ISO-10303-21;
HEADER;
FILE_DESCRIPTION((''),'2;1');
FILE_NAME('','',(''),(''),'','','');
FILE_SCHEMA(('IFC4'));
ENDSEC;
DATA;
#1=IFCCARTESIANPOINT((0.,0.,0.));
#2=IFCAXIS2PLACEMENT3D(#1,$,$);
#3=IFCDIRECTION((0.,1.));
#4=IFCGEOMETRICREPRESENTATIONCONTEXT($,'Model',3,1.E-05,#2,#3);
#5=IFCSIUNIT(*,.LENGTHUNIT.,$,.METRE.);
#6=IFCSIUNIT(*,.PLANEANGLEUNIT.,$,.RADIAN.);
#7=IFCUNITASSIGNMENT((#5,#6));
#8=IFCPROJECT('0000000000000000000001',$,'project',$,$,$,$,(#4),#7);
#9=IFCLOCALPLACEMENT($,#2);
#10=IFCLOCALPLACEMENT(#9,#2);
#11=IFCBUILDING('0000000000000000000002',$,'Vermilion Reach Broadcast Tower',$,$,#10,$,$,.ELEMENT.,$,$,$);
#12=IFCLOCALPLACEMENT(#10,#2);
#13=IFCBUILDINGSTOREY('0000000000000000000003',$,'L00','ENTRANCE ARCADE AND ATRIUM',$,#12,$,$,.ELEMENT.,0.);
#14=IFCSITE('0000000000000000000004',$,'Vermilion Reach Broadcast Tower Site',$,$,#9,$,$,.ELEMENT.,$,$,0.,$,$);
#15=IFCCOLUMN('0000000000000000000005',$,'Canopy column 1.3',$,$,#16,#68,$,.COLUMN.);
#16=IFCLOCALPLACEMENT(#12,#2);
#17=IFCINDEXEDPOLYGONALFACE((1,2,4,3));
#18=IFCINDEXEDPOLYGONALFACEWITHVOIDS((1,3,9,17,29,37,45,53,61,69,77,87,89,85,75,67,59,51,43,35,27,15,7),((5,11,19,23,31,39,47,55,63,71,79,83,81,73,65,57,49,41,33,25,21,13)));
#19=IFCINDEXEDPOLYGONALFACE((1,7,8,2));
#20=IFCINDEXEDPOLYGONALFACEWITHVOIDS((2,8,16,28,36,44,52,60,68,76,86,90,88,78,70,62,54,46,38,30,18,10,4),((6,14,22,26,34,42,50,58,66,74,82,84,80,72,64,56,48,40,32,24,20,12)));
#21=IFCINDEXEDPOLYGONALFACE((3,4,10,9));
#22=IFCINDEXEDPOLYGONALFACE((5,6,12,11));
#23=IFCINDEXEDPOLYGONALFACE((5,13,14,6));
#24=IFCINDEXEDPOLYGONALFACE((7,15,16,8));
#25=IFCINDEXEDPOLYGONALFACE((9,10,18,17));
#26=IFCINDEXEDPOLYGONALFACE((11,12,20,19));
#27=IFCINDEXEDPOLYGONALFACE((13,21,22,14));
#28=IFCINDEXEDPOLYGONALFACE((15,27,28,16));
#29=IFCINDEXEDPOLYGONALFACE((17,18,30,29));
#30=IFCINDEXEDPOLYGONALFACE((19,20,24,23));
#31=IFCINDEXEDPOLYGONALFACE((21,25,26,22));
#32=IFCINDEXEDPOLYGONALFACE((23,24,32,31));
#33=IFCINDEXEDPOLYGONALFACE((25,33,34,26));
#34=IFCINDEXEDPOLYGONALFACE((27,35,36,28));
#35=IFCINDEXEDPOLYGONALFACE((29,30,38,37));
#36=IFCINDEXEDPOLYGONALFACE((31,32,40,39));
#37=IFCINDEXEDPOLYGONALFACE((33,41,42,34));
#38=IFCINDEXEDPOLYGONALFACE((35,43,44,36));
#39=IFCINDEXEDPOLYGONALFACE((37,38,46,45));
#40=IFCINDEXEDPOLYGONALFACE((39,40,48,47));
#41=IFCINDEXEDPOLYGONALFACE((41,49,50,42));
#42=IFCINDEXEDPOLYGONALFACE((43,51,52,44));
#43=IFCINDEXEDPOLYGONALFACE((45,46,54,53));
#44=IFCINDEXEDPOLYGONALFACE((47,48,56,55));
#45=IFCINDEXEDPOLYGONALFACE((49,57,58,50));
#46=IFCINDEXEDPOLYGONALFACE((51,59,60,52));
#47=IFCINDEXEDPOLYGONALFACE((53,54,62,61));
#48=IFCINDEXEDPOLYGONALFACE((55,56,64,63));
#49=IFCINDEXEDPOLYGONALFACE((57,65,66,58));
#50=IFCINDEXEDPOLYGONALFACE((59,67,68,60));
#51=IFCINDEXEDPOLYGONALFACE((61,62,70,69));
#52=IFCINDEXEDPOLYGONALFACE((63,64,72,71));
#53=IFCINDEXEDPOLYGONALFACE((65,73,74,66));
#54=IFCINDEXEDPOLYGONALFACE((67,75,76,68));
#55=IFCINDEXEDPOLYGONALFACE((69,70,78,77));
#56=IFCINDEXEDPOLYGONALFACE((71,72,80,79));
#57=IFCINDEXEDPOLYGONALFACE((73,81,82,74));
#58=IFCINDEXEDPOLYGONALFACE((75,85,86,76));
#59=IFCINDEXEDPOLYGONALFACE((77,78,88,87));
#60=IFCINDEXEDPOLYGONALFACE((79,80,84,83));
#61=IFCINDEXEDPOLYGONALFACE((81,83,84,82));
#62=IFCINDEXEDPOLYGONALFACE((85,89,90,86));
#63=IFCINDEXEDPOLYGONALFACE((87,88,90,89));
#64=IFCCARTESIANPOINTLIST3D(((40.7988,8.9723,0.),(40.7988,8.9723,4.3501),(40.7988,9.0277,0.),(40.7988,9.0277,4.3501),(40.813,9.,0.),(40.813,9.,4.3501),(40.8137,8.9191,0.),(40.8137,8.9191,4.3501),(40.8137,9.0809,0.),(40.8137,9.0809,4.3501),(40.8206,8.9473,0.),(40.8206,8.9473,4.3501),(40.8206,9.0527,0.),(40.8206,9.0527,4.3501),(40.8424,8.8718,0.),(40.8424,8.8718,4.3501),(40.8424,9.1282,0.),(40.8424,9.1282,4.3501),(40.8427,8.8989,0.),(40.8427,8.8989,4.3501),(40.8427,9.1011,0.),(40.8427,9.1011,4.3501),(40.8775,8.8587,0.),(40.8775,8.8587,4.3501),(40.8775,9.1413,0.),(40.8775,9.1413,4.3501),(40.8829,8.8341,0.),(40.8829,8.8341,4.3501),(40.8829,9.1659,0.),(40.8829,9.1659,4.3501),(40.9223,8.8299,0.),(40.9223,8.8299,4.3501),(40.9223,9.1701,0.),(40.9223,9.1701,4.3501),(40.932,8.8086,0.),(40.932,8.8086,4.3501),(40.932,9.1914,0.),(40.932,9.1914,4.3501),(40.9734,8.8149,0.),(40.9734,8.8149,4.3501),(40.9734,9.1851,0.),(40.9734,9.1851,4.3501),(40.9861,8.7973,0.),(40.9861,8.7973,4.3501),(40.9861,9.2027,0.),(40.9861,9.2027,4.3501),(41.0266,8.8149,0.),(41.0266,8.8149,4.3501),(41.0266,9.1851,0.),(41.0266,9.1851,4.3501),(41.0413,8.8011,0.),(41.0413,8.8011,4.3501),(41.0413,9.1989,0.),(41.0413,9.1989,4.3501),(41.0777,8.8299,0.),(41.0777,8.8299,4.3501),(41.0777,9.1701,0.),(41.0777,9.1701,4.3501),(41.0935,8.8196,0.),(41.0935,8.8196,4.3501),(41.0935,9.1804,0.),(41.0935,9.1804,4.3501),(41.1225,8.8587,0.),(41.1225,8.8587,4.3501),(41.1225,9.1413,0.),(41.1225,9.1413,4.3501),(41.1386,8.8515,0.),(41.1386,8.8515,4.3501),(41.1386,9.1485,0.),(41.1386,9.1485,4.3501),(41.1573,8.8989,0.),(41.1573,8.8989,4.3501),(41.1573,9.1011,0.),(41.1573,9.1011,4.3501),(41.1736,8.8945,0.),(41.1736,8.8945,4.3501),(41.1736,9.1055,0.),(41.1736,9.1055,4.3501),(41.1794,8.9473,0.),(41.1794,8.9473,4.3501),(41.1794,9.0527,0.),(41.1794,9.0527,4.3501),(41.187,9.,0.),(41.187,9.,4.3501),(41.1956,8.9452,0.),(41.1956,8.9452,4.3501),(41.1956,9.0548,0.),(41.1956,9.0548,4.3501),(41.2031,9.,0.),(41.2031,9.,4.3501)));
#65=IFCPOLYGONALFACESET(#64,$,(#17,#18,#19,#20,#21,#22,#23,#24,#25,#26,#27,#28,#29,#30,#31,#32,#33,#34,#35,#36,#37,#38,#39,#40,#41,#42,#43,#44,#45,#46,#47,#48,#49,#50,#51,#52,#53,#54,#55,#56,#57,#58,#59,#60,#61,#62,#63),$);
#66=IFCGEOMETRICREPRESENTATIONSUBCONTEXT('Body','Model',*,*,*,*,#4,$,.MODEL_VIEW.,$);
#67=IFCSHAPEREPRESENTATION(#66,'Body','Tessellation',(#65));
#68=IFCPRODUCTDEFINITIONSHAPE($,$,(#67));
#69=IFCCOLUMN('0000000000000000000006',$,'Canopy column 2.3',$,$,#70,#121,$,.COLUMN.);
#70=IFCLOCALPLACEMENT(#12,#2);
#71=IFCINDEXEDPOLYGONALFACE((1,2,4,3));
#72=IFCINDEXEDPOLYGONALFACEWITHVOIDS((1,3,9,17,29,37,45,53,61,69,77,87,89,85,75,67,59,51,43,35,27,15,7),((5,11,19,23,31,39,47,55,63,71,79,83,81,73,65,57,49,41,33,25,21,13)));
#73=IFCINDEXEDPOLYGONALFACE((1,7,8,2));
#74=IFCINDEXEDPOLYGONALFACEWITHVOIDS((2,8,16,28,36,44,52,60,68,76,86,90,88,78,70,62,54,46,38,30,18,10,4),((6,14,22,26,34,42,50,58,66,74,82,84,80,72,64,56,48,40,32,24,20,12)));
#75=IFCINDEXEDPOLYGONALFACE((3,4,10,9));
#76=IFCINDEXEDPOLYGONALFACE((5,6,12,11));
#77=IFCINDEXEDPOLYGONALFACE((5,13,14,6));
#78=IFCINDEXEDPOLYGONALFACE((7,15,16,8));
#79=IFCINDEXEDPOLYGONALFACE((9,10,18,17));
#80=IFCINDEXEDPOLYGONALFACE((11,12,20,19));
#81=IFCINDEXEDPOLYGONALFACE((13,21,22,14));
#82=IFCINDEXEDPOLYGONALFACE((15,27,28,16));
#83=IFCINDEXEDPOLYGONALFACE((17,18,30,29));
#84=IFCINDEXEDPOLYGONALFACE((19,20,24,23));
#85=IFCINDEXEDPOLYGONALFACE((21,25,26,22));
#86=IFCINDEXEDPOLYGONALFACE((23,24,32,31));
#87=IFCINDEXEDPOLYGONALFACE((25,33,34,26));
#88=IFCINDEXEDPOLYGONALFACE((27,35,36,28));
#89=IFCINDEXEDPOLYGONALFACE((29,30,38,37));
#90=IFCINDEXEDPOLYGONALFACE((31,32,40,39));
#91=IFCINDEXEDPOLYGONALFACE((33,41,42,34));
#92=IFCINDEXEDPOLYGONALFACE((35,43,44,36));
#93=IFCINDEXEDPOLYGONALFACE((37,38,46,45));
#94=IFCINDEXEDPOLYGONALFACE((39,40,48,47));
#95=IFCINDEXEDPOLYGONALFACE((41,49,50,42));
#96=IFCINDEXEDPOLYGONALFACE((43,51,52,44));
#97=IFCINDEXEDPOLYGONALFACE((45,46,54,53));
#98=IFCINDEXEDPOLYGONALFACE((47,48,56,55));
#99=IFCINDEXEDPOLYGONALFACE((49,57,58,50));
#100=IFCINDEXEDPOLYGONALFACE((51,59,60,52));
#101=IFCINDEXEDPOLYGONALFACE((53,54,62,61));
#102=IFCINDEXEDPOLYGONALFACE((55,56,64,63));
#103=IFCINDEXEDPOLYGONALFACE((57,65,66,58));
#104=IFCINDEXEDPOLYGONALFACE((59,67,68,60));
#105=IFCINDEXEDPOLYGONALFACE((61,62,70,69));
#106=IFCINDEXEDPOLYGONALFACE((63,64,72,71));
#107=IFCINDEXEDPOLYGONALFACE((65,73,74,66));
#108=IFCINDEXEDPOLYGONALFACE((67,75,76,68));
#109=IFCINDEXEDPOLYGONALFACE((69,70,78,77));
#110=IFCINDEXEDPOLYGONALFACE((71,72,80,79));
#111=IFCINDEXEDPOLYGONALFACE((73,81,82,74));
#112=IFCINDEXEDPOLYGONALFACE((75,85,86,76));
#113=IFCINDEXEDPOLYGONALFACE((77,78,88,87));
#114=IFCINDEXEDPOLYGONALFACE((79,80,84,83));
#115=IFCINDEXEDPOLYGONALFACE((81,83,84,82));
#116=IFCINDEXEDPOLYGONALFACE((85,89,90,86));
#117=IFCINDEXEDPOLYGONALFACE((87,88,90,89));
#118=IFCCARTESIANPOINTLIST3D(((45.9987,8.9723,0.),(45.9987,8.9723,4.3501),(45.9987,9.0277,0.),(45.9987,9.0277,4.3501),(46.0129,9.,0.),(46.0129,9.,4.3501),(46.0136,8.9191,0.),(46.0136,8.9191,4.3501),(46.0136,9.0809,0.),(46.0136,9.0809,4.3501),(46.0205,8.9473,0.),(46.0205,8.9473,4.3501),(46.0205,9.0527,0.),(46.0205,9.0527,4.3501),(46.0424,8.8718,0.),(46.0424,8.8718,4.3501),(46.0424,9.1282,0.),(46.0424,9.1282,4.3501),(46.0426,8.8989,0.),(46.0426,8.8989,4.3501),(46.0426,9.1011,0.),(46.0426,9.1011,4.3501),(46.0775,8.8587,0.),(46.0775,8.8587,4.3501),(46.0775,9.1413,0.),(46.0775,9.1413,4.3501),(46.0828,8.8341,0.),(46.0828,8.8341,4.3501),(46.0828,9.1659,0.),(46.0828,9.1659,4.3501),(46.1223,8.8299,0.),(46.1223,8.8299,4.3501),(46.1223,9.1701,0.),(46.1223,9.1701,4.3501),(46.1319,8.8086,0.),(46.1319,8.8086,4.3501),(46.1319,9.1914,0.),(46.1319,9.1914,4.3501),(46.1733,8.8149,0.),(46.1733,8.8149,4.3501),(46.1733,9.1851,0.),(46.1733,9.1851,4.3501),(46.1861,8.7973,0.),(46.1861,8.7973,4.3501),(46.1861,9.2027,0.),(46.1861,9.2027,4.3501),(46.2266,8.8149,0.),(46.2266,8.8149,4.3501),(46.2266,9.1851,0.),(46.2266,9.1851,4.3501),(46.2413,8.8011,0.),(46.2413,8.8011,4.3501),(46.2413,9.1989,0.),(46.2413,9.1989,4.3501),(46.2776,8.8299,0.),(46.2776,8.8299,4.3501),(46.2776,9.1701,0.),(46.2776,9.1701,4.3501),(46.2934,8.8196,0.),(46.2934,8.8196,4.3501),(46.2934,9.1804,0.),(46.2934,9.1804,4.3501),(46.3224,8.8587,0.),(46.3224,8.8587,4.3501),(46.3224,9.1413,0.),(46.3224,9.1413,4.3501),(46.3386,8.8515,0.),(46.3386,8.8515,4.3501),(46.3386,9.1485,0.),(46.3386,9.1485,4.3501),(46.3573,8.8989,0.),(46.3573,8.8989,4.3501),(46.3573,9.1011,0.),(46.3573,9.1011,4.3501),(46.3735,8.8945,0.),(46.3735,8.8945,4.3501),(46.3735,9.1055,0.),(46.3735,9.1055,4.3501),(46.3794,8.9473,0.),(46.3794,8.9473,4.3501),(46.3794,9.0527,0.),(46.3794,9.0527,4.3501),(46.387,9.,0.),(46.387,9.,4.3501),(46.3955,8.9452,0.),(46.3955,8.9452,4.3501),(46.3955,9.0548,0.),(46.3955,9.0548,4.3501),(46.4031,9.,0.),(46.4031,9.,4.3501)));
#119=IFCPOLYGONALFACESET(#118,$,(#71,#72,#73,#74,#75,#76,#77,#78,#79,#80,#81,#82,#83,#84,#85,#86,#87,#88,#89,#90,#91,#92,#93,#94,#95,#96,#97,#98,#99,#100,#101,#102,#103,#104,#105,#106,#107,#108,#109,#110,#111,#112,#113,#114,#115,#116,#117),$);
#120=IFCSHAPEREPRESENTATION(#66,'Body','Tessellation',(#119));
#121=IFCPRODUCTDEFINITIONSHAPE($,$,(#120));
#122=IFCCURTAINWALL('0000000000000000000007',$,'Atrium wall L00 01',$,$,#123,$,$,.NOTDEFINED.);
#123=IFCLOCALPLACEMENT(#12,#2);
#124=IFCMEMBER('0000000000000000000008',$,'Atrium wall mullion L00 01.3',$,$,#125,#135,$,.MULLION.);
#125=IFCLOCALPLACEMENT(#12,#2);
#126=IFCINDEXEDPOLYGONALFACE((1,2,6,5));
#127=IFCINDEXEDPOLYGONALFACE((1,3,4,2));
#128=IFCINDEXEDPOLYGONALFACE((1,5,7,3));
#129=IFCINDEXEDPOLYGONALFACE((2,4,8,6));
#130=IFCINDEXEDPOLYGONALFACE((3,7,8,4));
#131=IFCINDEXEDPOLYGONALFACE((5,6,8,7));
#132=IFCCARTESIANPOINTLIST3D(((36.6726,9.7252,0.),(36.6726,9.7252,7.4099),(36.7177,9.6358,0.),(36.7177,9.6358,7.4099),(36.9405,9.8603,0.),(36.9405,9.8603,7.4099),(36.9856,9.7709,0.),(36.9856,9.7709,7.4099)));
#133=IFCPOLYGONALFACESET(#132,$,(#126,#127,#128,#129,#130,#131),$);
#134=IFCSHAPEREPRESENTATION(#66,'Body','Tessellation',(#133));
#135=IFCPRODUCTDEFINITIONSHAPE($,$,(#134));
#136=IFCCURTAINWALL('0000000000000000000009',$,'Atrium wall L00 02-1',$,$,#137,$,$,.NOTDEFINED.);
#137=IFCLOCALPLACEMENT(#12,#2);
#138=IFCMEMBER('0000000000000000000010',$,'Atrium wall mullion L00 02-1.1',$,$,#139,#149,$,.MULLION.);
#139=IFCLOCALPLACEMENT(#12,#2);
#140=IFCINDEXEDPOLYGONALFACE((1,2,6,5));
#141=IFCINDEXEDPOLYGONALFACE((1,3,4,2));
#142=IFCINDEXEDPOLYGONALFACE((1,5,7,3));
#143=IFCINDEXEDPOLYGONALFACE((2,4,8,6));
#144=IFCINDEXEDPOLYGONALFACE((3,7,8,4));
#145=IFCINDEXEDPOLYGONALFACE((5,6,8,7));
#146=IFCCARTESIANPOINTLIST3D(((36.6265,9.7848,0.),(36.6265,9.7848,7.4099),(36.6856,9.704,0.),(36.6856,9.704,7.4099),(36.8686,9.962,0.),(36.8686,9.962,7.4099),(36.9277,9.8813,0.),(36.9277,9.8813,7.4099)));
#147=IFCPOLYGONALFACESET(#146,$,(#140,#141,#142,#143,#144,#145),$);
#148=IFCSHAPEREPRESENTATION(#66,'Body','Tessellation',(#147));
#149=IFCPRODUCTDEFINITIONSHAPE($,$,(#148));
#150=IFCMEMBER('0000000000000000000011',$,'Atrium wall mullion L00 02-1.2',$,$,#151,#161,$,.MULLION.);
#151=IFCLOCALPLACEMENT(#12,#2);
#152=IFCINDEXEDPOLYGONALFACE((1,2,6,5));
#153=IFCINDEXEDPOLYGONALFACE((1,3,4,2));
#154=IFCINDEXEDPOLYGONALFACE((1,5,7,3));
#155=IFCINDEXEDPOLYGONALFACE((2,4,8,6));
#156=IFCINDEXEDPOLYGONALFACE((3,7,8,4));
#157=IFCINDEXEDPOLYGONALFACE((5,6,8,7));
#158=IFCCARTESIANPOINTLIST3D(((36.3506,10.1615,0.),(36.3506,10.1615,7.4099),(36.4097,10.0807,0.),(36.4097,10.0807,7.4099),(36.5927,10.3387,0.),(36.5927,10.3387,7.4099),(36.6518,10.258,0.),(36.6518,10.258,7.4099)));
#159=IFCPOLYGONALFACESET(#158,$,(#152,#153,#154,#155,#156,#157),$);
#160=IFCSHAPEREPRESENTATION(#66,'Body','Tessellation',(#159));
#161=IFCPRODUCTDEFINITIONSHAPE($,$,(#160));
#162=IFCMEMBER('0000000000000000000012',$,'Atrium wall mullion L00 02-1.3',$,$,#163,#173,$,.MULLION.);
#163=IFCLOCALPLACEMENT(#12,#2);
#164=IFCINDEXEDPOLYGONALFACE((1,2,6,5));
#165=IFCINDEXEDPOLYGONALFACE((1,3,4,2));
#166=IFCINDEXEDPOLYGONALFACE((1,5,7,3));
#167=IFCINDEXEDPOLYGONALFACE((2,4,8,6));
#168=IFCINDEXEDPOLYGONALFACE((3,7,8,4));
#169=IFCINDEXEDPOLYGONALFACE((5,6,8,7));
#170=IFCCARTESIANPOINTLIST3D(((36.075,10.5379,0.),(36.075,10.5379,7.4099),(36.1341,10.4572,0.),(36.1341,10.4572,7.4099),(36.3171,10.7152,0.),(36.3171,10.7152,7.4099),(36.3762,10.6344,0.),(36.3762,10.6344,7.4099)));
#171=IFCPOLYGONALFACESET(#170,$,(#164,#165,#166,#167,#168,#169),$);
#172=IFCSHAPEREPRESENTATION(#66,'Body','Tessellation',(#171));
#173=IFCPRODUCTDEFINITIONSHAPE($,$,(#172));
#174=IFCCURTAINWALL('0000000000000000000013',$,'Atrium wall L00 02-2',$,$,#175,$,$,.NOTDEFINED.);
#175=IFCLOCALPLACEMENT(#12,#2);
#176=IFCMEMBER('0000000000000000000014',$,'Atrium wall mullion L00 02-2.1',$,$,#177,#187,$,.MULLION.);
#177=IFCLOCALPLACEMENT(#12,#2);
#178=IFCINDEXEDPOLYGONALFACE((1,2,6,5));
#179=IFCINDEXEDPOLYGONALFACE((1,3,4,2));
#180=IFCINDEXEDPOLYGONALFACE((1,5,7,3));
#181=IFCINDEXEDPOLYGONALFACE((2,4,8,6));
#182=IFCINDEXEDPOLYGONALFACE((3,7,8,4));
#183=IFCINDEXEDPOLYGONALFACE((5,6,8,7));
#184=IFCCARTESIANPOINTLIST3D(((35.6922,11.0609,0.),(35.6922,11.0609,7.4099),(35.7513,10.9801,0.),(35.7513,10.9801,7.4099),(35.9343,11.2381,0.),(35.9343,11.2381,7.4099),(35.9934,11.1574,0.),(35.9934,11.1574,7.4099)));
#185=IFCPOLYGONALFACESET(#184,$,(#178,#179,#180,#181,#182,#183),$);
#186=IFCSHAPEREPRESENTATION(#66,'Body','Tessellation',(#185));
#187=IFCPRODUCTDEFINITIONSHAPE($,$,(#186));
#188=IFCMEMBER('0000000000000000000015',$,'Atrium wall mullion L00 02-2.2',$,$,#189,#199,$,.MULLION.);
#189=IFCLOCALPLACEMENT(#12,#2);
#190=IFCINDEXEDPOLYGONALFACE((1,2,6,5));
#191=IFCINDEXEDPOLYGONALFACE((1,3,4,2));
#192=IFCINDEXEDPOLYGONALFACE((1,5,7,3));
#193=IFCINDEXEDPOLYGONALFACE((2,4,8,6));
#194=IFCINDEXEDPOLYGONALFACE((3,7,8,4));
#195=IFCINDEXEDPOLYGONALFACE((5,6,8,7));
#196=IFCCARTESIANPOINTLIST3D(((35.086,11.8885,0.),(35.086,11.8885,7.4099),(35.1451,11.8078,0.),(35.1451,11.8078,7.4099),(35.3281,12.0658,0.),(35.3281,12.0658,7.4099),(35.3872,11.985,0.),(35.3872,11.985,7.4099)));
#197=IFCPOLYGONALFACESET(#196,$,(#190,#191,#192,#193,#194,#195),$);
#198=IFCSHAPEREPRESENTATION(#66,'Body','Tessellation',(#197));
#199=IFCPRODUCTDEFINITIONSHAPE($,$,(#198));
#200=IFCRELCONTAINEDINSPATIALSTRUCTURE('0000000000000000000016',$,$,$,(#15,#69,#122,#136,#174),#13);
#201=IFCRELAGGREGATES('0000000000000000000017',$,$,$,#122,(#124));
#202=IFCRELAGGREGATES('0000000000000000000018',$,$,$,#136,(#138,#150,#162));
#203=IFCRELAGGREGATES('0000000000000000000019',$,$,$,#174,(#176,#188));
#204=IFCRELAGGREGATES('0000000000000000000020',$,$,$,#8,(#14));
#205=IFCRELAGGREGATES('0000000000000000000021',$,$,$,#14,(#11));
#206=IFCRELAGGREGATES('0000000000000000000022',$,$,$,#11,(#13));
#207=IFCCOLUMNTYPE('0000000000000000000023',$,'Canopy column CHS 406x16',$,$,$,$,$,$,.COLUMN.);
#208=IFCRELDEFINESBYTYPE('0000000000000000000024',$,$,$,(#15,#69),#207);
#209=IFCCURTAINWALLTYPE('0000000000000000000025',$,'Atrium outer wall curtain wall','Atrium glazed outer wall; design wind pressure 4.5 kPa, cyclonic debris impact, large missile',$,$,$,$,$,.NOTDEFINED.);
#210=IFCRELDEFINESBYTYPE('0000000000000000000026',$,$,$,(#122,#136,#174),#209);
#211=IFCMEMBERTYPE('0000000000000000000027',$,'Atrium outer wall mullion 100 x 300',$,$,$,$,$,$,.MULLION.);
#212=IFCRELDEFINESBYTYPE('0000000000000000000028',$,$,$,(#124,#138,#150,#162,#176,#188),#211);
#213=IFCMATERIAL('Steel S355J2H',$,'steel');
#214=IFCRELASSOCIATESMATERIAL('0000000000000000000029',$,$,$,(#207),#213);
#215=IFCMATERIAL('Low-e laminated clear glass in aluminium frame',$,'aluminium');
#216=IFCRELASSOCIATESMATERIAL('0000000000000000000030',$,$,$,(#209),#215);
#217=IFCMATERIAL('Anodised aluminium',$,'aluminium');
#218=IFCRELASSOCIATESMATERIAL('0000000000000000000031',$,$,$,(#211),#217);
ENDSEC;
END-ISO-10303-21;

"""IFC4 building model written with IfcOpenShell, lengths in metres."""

from ifc_helpers import new_model, si_unit, direction, frame, origin, origin_2d, place, context, subcontext, project, spatial, rectangle, hollow_circle, extrude, material, material_profile, profile_set, type_object, element, aggregate, save


model = new_model("IFC4")

# Units and contexts
model_context = context("Model", 3, precision=1e-05, world=origin(), true_north=direction((0.0, 1.0)))
body_context = subcontext(model_context, "Body", "Model", "MODEL_VIEW")
ifc_project = project(units=[si_unit("LENGTHUNIT", "METRE"), si_unit("PLANEANGLEUNIT", "RADIAN")], contexts=[model_context])

# Site, building, storey
site_placement = place(None, origin())
site = spatial("IfcSite", under=ifc_project, at=site_placement, Name="Vermilion Reach Broadcast Tower Site", CompositionType="ELEMENT", RefElevation=0.0)
building_placement = place(site_placement, origin())
building = spatial("IfcBuilding", under=site, at=building_placement, Name="Vermilion Reach Broadcast Tower", CompositionType="ELEMENT")
storey_placement = place(building_placement, origin())
storey = spatial("IfcBuildingStorey", under=building, at=storey_placement, Name="L00", Description="ENTRANCE ARCADE AND ATRIUM", CompositionType="ELEMENT", Elevation=0.0)

# Columns
ifc_material_1 = material(Name="Steel S355J2H", Category="steel")
ifc_material_profile_1 = material_profile(ifc_material_1, hollow_circle(Radius=0.2031, WallThickness=0.0161, at=origin_2d()), Name="S355J2H CHS 406x16")
ifc_profile_set_1 = profile_set([ifc_material_profile_1], Name="Steel S355J2H")
column_type_1 = type_object("IfcColumnType", Name="Canopy column CHS 406x16", PredefinedType="COLUMN", material=ifc_profile_set_1)
for number, where, z_axis, x_axis, name in (
    (1, (41.0, 9.0, 0.0), (0.0, 0.0, 1.0), (1.0, 0.0, 0.0), "Canopy column 1.3"),
    (2, (46.2, 9.0, 0.0), (0.0, 0.0, 1.0), (1.0, 0.0, 0.0), "Canopy column 2.3"),
):
    element("IfcColumn", number, at=place(storey_placement, frame(where, z_axis=z_axis, x_axis=x_axis)), inside=storey, type_object=column_type_1, Name=name, PredefinedType="COLUMN", context=body_context, shape_type="SweptSolid", body=[
        extrude(hollow_circle(Radius=0.2031, WallThickness=0.0161, at=origin_2d()), origin(), (0.0, 0.0, 1.0), 4.3501),
    ])

# Curtain wall, member
ifc_material_2 = material(Name="Low-e laminated clear glass in aluminium frame", Category="aluminium")
curtain_wall_type = type_object("IfcCurtainWallType", Name="Atrium outer wall curtain wall", Description="Atrium glazed outer wall; design wind pressure 4.5 kPa, cyclonic debris impact, large missile", PredefinedType="NOTDEFINED", material=ifc_material_2)
placement = place(storey_placement, origin())
curtain_wall_1 = element("IfcCurtainWall", 3, at=placement, inside=storey, type_object=curtain_wall_type, Name="Atrium wall L00 01", PredefinedType="NOTDEFINED")
ifc_material_3 = material(Name="Anodised aluminium", Category="aluminium")
ifc_material_profile_2 = material_profile(ifc_material_3, rectangle(XDim=0.3, YDim=0.1001, at=origin_2d()), Name="Atrium outer wall mullion 100 x 300")
ifc_profile_set_2 = profile_set([ifc_material_profile_2], Name="Anodised aluminium")
member_type_1 = type_object("IfcMemberType", Name="Atrium outer wall mullion 100 x 300", PredefinedType="MULLION", material=ifc_profile_set_2)
member_1_placement = place(storey_placement, frame((36.8291, 9.748, 0.0), z_axis=(0.0, 0.0, 1.0), x_axis=(-0.892992, -0.450072, 0.0)))
member_1 = element("IfcMember", 4, at=member_1_placement, type_object=member_type_1, Name="Atrium wall mullion L00 01.3", PredefinedType="MULLION", context=body_context, shape_type="SweptSolid", body=[
    extrude(rectangle(XDim=0.3, YDim=0.1001, at=origin_2d()), origin(), (0.0, 0.0, 1.0), 7.4099),
])

# Curtain walls, members
curtain_wall_2 = element("IfcCurtainWall", 5, at=placement, inside=storey, type_object=curtain_wall_type, Name="Atrium wall L00 02-1", PredefinedType="NOTDEFINED")
member_2_placement = place(storey_placement, frame((36.7771, 9.833, 0.0), z_axis=(0.0, 0.0, 1.0), x_axis=(-0.806847, -0.59076, 0.0)))
member_2 = element("IfcMember", 6, at=member_2_placement, type_object=member_type_1, Name="Atrium wall mullion L00 02-1.1", PredefinedType="MULLION", context=body_context, shape_type="SweptSolid", body=[
    extrude(rectangle(XDim=0.3, YDim=0.1001, at=origin_2d()), origin(), (0.0, 0.0, 1.0), 7.4099),
])
member_3_placement = place(storey_placement, frame((36.5012, 10.2097, 0.0), z_axis=(0.0, 0.0, 1.0), x_axis=(-0.806847, -0.59076, 0.0)))
member_3 = element("IfcMember", 7, at=member_3_placement, type_object=member_type_1, Name="Atrium wall mullion L00 02-1.2", PredefinedType="MULLION", context=body_context, shape_type="SweptSolid", body=[
    extrude(rectangle(XDim=0.3, YDim=0.1001, at=origin_2d()), origin(), (0.0, 0.0, 1.0), 7.4099),
])
member_4_placement = place(storey_placement, frame((36.2256, 10.5862, 0.0), z_axis=(0.0, 0.0, 1.0), x_axis=(-0.806847, -0.59076, 0.0)))
member_4 = element("IfcMember", 8, at=member_4_placement, type_object=member_type_1, Name="Atrium wall mullion L00 02-1.3", PredefinedType="MULLION", context=body_context, shape_type="SweptSolid", body=[
    extrude(rectangle(XDim=0.3, YDim=0.1001, at=origin_2d()), origin(), (0.0, 0.0, 1.0), 7.4099),
])
curtain_wall_3 = element("IfcCurtainWall", 9, at=placement, inside=storey, type_object=curtain_wall_type, Name="Atrium wall L00 02-2", PredefinedType="NOTDEFINED")
member_5_placement = place(storey_placement, frame((35.8428, 11.1091, 0.0), z_axis=(0.0, 0.0, 1.0), x_axis=(-0.806847, -0.59076, 0.0)))
member_5 = element("IfcMember", 10, at=member_5_placement, type_object=member_type_1, Name="Atrium wall mullion L00 02-2.1", PredefinedType="MULLION", context=body_context, shape_type="SweptSolid", body=[
    extrude(rectangle(XDim=0.3, YDim=0.1001, at=origin_2d()), origin(), (0.0, 0.0, 1.0), 7.4099),
])
member_6_placement = place(storey_placement, frame((35.2366, 11.9368, 0.0), z_axis=(0.0, 0.0, 1.0), x_axis=(-0.806847, -0.59076, 0.0)))
member_6 = element("IfcMember", 11, at=member_6_placement, type_object=member_type_1, Name="Atrium wall mullion L00 02-2.2", PredefinedType="MULLION", context=body_context, shape_type="SweptSolid", body=[
    extrude(rectangle(XDim=0.3, YDim=0.1001, at=origin_2d()), origin(), (0.0, 0.0, 1.0), 7.4099),
])

aggregate(curtain_wall_1, [member_1])
aggregate(curtain_wall_2, [member_2, member_3, member_4])
aggregate(curtain_wall_3, [member_5, member_6])

save(model, "model.ifc")
